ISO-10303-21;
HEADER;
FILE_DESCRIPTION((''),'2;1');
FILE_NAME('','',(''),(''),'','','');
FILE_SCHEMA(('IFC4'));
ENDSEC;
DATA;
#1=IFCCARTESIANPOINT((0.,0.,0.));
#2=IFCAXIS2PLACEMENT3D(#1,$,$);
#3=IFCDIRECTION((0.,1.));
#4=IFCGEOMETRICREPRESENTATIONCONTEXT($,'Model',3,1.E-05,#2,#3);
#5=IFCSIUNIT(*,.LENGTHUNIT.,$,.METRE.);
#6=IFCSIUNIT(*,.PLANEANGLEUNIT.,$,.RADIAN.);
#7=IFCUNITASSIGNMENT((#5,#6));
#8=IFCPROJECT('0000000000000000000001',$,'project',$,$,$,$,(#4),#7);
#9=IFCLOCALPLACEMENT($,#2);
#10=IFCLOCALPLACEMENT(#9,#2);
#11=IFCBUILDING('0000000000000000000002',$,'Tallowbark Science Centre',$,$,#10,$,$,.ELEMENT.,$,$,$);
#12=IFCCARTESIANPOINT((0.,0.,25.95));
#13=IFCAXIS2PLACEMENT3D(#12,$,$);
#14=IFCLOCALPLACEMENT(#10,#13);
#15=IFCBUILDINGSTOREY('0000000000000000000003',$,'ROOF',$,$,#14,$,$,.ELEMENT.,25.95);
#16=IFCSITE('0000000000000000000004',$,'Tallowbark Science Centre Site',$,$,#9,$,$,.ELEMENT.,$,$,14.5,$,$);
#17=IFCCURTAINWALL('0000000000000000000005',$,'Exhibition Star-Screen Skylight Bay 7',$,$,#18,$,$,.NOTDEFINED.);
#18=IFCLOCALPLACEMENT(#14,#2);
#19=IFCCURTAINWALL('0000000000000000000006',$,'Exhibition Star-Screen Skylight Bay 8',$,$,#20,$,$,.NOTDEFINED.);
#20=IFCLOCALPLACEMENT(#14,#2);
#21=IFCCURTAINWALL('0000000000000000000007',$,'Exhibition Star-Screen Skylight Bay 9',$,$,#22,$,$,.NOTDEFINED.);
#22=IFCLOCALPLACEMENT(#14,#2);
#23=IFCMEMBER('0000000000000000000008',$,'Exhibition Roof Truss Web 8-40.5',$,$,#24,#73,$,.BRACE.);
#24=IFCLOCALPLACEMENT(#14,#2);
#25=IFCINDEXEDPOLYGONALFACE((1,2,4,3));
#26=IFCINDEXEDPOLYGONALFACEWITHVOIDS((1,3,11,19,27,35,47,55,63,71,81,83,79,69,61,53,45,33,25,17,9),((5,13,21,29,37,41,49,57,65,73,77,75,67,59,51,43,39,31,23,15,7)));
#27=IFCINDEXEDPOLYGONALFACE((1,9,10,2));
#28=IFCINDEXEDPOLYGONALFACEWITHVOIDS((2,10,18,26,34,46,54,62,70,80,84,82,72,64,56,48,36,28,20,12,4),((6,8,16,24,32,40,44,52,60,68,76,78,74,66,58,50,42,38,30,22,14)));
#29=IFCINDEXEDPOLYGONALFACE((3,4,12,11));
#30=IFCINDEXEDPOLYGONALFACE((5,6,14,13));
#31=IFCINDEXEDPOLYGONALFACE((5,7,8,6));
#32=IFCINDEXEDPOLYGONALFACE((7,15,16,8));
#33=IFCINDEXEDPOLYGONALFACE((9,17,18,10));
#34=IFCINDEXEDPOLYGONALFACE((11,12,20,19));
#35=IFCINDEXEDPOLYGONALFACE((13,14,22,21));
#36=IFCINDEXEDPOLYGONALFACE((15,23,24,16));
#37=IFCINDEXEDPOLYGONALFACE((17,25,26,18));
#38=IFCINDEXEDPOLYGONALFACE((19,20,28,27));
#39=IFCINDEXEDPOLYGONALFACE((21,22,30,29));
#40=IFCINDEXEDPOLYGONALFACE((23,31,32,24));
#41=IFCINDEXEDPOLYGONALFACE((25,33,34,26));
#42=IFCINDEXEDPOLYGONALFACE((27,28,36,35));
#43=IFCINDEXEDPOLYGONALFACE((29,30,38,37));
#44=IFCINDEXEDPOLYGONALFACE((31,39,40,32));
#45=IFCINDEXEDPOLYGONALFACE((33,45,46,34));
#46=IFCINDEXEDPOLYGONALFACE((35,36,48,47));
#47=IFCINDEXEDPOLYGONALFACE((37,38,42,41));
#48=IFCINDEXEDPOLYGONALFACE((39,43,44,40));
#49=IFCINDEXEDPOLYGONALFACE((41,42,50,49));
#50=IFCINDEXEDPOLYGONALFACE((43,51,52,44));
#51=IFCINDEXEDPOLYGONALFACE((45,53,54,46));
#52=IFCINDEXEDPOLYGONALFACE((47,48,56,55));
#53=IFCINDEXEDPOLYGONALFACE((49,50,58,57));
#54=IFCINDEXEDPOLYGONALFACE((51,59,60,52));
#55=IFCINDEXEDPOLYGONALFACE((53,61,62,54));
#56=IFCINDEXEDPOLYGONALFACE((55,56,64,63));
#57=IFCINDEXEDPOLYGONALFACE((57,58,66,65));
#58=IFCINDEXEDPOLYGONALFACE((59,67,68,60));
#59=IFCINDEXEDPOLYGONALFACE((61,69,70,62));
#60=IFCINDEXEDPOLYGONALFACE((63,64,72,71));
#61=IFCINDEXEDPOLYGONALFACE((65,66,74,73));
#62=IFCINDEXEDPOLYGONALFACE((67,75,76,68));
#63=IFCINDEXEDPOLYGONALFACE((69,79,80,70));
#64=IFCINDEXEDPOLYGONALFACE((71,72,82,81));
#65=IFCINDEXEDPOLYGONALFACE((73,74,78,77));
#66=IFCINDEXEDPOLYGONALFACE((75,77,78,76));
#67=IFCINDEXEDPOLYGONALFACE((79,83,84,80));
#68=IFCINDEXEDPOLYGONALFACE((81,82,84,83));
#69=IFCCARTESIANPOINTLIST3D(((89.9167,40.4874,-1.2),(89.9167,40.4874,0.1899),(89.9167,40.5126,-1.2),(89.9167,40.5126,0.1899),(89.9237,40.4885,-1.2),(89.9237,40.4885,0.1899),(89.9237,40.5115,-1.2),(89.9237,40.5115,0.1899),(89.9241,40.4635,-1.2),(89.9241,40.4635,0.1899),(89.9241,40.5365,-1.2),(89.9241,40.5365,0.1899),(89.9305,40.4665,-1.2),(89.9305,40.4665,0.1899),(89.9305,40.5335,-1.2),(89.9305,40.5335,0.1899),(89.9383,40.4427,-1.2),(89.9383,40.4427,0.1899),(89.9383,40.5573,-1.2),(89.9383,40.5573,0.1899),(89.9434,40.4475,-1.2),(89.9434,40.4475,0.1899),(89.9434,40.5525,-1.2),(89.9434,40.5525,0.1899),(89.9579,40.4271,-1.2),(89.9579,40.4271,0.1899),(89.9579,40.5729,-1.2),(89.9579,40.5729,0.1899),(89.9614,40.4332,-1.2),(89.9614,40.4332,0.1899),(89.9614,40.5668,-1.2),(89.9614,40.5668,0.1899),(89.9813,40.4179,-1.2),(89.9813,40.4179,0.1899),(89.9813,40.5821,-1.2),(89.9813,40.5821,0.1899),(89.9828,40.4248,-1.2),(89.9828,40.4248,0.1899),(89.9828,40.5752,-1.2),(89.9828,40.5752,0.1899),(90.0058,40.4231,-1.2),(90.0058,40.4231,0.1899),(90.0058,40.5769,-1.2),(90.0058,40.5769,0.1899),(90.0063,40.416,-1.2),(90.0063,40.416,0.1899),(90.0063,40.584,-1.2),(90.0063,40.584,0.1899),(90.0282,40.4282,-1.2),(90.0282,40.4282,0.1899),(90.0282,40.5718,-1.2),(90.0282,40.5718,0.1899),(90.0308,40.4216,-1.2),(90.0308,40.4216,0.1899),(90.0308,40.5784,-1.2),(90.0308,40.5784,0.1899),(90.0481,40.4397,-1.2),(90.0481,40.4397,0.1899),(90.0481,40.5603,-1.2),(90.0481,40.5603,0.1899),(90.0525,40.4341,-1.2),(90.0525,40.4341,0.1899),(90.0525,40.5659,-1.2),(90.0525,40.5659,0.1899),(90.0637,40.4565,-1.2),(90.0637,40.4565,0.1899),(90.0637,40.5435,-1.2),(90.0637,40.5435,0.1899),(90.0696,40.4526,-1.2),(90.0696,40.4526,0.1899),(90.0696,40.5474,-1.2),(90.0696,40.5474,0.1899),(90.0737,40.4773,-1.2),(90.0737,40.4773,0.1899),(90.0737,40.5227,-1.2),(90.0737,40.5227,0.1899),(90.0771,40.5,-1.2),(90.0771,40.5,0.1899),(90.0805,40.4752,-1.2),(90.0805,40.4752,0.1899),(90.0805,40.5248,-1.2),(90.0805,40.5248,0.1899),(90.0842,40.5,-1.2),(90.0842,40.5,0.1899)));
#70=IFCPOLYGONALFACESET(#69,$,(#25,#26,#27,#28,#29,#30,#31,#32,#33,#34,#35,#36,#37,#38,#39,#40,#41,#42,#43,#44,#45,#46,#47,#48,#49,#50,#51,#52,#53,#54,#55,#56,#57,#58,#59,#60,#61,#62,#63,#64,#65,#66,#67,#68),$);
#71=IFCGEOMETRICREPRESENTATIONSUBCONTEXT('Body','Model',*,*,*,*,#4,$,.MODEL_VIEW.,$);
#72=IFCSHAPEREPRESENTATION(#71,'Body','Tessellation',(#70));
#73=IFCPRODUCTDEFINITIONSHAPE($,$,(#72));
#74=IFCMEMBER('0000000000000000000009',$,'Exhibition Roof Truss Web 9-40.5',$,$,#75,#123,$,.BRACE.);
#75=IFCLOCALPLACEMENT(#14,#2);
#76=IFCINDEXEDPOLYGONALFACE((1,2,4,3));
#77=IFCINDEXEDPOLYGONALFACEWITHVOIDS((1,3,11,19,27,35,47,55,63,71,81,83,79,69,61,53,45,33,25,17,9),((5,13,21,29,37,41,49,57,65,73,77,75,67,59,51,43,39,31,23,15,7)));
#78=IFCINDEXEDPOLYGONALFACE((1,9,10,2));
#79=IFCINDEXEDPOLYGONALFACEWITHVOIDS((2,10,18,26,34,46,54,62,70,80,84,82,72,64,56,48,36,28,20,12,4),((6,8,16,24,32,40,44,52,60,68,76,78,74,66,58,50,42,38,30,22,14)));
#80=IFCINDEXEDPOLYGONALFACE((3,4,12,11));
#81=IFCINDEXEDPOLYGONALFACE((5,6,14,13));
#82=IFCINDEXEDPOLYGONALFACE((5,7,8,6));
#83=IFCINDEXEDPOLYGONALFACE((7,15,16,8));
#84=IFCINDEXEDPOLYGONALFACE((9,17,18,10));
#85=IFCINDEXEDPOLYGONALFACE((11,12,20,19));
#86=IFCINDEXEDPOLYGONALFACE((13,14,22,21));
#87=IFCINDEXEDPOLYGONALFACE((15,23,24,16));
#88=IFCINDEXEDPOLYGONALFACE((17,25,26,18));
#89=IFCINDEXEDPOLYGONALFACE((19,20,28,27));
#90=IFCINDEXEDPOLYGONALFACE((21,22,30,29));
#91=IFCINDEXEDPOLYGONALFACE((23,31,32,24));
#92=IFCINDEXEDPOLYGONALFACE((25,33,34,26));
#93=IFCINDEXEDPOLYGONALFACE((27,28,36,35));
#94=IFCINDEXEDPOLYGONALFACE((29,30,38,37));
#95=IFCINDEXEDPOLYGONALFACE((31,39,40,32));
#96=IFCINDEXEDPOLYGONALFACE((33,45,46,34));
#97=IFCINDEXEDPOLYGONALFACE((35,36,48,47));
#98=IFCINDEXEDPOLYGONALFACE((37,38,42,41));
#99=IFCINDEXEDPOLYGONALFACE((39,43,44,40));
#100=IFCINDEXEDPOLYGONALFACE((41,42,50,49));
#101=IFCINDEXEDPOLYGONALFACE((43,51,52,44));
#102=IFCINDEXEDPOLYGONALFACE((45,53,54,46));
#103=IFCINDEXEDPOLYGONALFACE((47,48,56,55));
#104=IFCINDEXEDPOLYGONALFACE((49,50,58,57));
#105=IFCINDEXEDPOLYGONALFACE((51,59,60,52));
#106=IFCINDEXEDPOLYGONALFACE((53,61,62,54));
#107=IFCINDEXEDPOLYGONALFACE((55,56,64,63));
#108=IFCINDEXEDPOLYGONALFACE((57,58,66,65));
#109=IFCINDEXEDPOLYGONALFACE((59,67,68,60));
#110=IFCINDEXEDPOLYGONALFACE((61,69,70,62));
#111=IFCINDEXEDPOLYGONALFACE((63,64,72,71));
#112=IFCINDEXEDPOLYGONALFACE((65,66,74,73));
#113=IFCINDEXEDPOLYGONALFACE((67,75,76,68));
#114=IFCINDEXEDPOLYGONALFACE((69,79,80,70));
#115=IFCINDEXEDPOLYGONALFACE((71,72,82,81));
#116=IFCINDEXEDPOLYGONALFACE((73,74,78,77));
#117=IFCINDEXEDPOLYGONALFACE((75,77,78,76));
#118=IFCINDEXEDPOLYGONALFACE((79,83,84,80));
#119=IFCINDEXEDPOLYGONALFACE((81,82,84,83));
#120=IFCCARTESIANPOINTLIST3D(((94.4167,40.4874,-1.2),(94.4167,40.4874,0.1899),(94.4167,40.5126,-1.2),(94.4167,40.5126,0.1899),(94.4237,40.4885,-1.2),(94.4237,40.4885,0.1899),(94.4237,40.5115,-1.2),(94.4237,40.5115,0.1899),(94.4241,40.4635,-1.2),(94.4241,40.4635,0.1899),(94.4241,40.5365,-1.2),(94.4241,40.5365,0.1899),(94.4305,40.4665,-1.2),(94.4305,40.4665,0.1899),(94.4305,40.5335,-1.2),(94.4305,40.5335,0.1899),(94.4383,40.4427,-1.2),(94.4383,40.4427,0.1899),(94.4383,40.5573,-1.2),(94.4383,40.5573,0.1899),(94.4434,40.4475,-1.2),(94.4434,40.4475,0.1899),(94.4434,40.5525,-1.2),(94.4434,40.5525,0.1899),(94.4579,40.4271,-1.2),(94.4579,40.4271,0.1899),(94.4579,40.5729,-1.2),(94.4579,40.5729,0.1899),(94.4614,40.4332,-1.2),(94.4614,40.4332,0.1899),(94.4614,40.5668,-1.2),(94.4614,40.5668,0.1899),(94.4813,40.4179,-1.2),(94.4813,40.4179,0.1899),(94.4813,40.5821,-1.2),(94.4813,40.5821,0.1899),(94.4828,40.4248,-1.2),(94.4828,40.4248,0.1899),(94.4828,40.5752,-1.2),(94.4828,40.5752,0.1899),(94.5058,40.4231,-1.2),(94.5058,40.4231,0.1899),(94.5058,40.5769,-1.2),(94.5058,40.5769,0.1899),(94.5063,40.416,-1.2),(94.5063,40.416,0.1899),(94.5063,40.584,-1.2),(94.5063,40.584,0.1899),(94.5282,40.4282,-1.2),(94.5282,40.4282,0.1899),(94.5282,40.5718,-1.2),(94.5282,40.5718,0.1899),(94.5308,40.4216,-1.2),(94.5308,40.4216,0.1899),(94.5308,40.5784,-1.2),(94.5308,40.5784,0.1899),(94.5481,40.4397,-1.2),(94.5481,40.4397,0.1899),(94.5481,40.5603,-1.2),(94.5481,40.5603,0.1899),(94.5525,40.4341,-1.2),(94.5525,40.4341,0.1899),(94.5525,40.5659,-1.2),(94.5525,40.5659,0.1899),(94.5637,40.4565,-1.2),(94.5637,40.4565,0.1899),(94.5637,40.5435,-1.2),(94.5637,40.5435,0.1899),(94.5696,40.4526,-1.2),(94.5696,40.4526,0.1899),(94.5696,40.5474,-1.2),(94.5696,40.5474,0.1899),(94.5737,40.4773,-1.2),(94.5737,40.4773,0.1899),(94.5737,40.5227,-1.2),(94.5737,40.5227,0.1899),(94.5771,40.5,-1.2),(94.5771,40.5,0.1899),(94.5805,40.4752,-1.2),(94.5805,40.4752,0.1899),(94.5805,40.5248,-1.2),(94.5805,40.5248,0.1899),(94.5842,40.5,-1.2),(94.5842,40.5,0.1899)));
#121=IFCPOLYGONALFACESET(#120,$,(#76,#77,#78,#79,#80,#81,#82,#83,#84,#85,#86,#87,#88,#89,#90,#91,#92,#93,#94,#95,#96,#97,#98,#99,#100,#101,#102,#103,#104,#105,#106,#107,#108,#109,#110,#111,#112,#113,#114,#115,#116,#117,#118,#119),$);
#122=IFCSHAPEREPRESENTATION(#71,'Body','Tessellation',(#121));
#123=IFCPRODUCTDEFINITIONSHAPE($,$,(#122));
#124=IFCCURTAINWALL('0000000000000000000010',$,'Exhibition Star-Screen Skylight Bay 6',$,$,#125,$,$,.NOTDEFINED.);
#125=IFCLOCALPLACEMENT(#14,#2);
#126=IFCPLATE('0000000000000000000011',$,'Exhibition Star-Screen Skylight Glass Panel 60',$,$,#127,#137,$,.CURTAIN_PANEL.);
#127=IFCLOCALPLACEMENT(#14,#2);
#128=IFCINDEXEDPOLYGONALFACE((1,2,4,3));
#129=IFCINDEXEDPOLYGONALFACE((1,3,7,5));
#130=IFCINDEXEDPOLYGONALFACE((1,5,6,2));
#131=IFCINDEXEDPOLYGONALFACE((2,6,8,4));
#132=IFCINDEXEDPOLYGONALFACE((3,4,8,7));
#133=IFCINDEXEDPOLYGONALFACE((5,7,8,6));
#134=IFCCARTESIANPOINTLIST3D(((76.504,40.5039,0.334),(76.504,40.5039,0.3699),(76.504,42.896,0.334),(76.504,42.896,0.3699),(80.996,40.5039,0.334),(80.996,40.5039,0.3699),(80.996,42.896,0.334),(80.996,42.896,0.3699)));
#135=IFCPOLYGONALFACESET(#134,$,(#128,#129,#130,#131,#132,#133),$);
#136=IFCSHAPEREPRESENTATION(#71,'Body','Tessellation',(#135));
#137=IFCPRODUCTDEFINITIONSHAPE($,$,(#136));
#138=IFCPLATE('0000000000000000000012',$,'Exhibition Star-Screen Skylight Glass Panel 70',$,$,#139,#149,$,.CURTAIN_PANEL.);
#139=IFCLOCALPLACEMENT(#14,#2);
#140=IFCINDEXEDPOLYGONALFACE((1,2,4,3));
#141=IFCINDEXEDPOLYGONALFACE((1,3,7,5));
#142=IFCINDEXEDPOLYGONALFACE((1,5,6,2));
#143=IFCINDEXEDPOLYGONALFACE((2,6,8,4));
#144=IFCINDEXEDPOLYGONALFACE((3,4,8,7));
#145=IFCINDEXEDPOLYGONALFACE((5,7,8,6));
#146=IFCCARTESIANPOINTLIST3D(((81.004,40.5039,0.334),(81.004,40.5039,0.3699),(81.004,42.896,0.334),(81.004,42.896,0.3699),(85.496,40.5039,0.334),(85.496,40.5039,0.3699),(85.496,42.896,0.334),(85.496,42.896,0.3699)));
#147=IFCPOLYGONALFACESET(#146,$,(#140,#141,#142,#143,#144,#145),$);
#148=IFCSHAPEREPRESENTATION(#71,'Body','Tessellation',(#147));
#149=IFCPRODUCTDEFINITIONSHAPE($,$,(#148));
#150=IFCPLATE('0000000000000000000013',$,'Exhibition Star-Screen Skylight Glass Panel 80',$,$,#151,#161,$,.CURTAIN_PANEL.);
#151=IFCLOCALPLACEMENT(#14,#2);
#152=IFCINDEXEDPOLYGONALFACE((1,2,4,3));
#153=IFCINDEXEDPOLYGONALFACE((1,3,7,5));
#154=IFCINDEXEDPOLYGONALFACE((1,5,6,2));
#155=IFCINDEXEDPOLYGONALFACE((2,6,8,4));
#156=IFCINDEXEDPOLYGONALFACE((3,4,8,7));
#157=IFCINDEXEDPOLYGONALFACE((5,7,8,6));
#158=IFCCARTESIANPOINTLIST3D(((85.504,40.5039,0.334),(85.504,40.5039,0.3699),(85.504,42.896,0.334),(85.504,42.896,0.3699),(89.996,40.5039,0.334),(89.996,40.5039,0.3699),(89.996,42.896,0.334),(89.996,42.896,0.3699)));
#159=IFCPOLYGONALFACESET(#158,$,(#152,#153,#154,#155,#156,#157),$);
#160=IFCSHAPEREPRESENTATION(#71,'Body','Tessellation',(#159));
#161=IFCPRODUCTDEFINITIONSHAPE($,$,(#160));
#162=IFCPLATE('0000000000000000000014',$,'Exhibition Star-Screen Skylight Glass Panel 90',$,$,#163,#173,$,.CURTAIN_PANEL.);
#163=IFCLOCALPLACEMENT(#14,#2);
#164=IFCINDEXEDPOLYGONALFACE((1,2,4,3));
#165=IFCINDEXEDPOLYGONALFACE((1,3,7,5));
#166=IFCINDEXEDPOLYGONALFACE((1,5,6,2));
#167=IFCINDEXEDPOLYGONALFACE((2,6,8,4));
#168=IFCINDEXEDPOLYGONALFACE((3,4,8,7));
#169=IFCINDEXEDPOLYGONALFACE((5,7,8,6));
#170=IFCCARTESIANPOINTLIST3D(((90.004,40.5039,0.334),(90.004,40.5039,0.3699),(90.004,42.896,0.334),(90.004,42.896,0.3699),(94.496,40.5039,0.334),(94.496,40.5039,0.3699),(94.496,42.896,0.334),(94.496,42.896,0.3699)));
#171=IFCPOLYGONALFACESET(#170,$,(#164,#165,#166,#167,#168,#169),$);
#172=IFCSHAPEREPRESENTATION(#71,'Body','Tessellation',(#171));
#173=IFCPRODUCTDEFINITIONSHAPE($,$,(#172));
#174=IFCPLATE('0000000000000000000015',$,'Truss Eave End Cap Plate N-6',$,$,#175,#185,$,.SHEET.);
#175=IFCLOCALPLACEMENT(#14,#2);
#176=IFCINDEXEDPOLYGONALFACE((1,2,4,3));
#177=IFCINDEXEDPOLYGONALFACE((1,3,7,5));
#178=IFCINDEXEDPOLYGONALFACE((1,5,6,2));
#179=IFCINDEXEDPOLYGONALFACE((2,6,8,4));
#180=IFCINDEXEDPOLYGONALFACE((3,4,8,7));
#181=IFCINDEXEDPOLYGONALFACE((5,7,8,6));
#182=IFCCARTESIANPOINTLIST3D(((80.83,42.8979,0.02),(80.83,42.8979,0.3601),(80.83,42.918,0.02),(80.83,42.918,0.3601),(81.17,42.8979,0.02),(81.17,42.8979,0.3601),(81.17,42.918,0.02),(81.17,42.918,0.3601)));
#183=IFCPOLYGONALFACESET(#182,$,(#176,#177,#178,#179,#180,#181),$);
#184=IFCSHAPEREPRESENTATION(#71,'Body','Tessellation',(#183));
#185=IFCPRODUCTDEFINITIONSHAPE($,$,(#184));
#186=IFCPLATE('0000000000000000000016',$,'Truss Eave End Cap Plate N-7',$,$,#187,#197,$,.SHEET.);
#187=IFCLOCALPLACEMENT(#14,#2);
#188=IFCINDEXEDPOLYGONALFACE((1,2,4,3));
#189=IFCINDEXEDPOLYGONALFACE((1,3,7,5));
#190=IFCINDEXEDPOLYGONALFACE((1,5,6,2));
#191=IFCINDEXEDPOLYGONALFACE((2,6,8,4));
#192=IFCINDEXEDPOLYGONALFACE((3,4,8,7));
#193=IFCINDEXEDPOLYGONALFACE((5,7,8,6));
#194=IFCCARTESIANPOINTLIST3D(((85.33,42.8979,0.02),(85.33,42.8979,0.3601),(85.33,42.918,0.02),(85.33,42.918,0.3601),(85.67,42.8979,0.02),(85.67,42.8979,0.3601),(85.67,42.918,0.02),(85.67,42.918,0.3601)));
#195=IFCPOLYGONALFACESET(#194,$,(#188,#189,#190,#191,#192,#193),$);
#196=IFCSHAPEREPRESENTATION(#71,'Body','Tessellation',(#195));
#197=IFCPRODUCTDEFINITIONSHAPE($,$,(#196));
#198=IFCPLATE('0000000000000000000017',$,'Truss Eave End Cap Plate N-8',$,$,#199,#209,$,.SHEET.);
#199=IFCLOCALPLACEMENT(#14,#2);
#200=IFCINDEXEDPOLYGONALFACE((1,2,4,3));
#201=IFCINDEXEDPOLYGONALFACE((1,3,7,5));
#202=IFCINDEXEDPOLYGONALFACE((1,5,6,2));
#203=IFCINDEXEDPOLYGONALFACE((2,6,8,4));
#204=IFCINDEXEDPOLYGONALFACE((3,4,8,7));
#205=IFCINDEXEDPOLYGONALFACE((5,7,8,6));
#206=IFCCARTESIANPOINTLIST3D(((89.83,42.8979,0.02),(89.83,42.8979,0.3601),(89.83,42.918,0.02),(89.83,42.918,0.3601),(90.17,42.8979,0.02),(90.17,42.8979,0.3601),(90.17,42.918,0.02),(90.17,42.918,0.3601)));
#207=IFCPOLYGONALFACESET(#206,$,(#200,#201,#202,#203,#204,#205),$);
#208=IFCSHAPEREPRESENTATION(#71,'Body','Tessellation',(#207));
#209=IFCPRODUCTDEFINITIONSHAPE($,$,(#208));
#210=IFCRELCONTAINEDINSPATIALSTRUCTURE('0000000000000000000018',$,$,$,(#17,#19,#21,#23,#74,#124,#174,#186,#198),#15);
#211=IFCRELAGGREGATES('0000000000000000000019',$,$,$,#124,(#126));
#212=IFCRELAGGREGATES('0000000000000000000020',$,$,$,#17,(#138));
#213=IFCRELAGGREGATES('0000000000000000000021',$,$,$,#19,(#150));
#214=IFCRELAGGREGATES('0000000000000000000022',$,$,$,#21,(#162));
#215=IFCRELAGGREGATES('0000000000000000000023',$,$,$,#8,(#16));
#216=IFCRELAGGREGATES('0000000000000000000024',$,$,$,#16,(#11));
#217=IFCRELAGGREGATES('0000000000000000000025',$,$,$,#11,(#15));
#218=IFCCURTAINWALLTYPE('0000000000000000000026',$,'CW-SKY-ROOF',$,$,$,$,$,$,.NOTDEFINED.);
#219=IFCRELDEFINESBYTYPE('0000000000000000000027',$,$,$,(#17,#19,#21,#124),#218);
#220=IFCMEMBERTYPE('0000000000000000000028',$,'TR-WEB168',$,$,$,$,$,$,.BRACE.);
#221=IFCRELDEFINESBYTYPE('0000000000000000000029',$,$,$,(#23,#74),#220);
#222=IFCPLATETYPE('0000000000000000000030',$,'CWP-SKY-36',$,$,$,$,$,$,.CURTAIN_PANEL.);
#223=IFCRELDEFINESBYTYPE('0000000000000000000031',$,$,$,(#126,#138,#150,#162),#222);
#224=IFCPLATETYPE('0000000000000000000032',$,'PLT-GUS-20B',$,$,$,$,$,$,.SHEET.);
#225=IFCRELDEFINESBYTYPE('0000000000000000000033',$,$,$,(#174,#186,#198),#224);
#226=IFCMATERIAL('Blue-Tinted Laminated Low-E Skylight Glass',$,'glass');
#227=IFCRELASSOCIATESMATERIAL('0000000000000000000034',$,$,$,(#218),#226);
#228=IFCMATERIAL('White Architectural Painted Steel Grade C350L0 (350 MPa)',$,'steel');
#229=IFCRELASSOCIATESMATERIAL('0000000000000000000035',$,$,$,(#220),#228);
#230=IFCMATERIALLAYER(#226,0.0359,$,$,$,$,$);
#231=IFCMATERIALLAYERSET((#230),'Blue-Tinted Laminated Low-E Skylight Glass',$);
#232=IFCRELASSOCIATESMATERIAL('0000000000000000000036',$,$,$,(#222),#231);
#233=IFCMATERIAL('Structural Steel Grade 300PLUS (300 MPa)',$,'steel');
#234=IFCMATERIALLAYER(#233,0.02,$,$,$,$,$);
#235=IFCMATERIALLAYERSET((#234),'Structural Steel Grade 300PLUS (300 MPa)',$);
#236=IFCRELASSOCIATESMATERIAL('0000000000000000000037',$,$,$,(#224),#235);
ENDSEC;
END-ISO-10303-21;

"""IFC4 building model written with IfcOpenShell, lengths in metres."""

from ifc_helpers import new_model, si_unit, direction, frame, origin, origin_2d, place, context, subcontext, project, spatial, rectangle, hollow_circle, extrude, material, layer, layer_set, material_profile, profile_set, type_object, element, aggregate, save


model = new_model("IFC4")

# Units and contexts
model_context = context("Model", 3, precision=1e-05, world=origin(), true_north=direction((0.0, 1.0)))
body_context = subcontext(model_context, "Body", "Model", "MODEL_VIEW")
ifc_project = project(units=[si_unit("LENGTHUNIT", "METRE"), si_unit("PLANEANGLEUNIT", "RADIAN")], contexts=[model_context])

# Site, building, storey
site_placement = place(None, origin())
site = spatial("IfcSite", under=ifc_project, at=site_placement, Name="Tallowbark Science Centre Site", CompositionType="ELEMENT", RefElevation=14.5)
building_placement = place(site_placement, origin())
building = spatial("IfcBuilding", under=site, at=building_placement, Name="Tallowbark Science Centre", CompositionType="ELEMENT")
storey_placement = place(building_placement, frame((0.0, 0.0, 25.95)))
storey = spatial("IfcBuildingStorey", under=building, at=storey_placement, Name="ROOF", CompositionType="ELEMENT", Elevation=25.95)

# Shared definitions
ifc_material_1 = material(Name="White Architectural Painted Steel Grade C350L0 (350 MPa)", Category="steel")

# Curtain walls
ifc_material_2 = material(Name="Blue-Tinted Laminated Low-E Skylight Glass", Category="glass")
curtain_wall_type = type_object("IfcCurtainWallType", Name="CW-SKY-ROOF", PredefinedType="NOTDEFINED", material=ifc_material_2)
curtain_wall_1_placement = place(storey_placement, origin())
curtain_wall_1 = element("IfcCurtainWall", 1, at=curtain_wall_1_placement, inside=storey, type_object=curtain_wall_type, Name="Exhibition Star-Screen Skylight Bay 7", PredefinedType="NOTDEFINED")
curtain_wall_2_placement = place(storey_placement, origin())
curtain_wall_2 = element("IfcCurtainWall", 2, at=curtain_wall_2_placement, inside=storey, type_object=curtain_wall_type, Name="Exhibition Star-Screen Skylight Bay 8", PredefinedType="NOTDEFINED")
curtain_wall_3_placement = place(storey_placement, origin())
curtain_wall_3 = element("IfcCurtainWall", 3, at=curtain_wall_3_placement, inside=storey, type_object=curtain_wall_type, Name="Exhibition Star-Screen Skylight Bay 9", PredefinedType="NOTDEFINED")

# Members
ifc_material_profile_1 = material_profile(ifc_material_1, hollow_circle(Radius=0.0842, WallThickness=0.0071, at=origin_2d()), Name="168.3x7.1CHS")
ifc_profile_set_1 = profile_set([ifc_material_profile_1], Name="White Architectural Painted Steel Grade C350L0 (350 MPa)")
member_type_1 = type_object("IfcMemberType", Name="TR-WEB168", PredefinedType="BRACE", material=ifc_profile_set_1)
for number, where, z_axis, x_axis, name in (
    (4, (90.0, 40.5, -1.2), (0.0, 0.0, 1.0), (1.0, 0.0, 0.0), "Exhibition Roof Truss Web 8-40.5"),
    (5, (94.5, 40.5, -1.2), (0.0, 0.0, 1.0), (1.0, 0.0, 0.0), "Exhibition Roof Truss Web 9-40.5"),
):
    element("IfcMember", number, at=place(storey_placement, frame(where, z_axis=z_axis, x_axis=x_axis)), inside=storey, type_object=member_type_1, Name=name, PredefinedType="BRACE", context=body_context, shape_type="SweptSolid", body=[
        extrude(hollow_circle(Radius=0.0842, WallThickness=0.0071, at=origin_2d()), origin(), (0.0, 0.0, 1.0), 1.3899),
    ])

# Curtain wall, plate
curtain_wall_4_placement = place(storey_placement, origin())
curtain_wall_4 = element("IfcCurtainWall", 6, at=curtain_wall_4_placement, inside=storey, type_object=curtain_wall_type, Name="Exhibition Star-Screen Skylight Bay 6", PredefinedType="NOTDEFINED")
ifc_layer_1 = layer(ifc_material_2, 0.0359)
ifc_layer_set_1 = layer_set([ifc_layer_1], Name="Blue-Tinted Laminated Low-E Skylight Glass")
plate_type_1 = type_object("IfcPlateType", Name="CWP-SKY-36", PredefinedType="CURTAIN_PANEL", material=ifc_layer_set_1)
plate_1_placement = place(storey_placement, frame((78.75, 41.7, 0.334), z_axis=(0.0, 0.0, 1.0), x_axis=(1.0, 0.0, 0.0)))
plate_1 = element("IfcPlate", 7, at=plate_1_placement, type_object=plate_type_1, Name="Exhibition Star-Screen Skylight Glass Panel 60", PredefinedType="CURTAIN_PANEL", context=body_context, shape_type="SweptSolid", body=[
    extrude(rectangle(XDim=4.4919, YDim=2.3921, at=origin_2d()), origin(), (0.0, 0.0, 1.0), 0.0359),
])
aggregate(curtain_wall_4, [plate_1])

# Plates
plate_2_placement = place(storey_placement, frame((83.25, 41.7, 0.334), z_axis=(0.0, 0.0, 1.0), x_axis=(1.0, 0.0, 0.0)))
plate_2 = element("IfcPlate", 8, at=plate_2_placement, type_object=plate_type_1, Name="Exhibition Star-Screen Skylight Glass Panel 70", PredefinedType="CURTAIN_PANEL", context=body_context, shape_type="SweptSolid", body=[
    extrude(rectangle(XDim=4.4919, YDim=2.3921, at=origin_2d()), origin(), (0.0, 0.0, 1.0), 0.0359),
])
aggregate(curtain_wall_1, [plate_2])
plate_3_placement = place(storey_placement, frame((87.75, 41.7, 0.334), z_axis=(0.0, 0.0, 1.0), x_axis=(1.0, 0.0, 0.0)))
plate_3 = element("IfcPlate", 9, at=plate_3_placement, type_object=plate_type_1, Name="Exhibition Star-Screen Skylight Glass Panel 80", PredefinedType="CURTAIN_PANEL", context=body_context, shape_type="SweptSolid", body=[
    extrude(rectangle(XDim=4.4919, YDim=2.3921, at=origin_2d()), origin(), (0.0, 0.0, 1.0), 0.0359),
])
aggregate(curtain_wall_2, [plate_3])
plate_4_placement = place(storey_placement, frame((92.25, 41.7, 0.334), z_axis=(0.0, 0.0, 1.0), x_axis=(1.0, 0.0, 0.0)))
plate_4 = element("IfcPlate", 10, at=plate_4_placement, type_object=plate_type_1, Name="Exhibition Star-Screen Skylight Glass Panel 90", PredefinedType="CURTAIN_PANEL", context=body_context, shape_type="SweptSolid", body=[
    extrude(rectangle(XDim=4.4919, YDim=2.3921, at=origin_2d()), origin(), (0.0, 0.0, 1.0), 0.0359),
])
aggregate(curtain_wall_3, [plate_4])

# Plates
ifc_material_3 = material(Name="Structural Steel Grade 300PLUS (300 MPa)", Category="steel")
ifc_layer_2 = layer(ifc_material_3, 0.02)
ifc_layer_set_2 = layer_set([ifc_layer_2], Name="Structural Steel Grade 300PLUS (300 MPa)")
plate_type_2 = type_object("IfcPlateType", Name="PLT-GUS-20B", PredefinedType="SHEET", material=ifc_layer_set_2)
for number, where, z_axis, x_axis, name in (
    (11, (81.0, 42.908, 0.02), (0.0, 0.0, 1.0), (1.0, 0.0, 0.0), "Truss Eave End Cap Plate N-6"),
    (12, (85.5, 42.908, 0.02), (0.0, 0.0, 1.0), (1.0, 0.0, 0.0), "Truss Eave End Cap Plate N-7"),
    (13, (90.0, 42.908, 0.02), (0.0, 0.0, 1.0), (1.0, 0.0, 0.0), "Truss Eave End Cap Plate N-8"),
):
    element("IfcPlate", number, at=place(storey_placement, frame(where, z_axis=z_axis, x_axis=x_axis)), inside=storey, type_object=plate_type_2, Name=name, PredefinedType="SHEET", context=body_context, shape_type="SweptSolid", body=[
        extrude(rectangle(XDim=0.3401, YDim=0.02, at=origin_2d()), origin(), (0.0, 0.0, 1.0), 0.3401),
    ])

save(model, "model.ifc")
